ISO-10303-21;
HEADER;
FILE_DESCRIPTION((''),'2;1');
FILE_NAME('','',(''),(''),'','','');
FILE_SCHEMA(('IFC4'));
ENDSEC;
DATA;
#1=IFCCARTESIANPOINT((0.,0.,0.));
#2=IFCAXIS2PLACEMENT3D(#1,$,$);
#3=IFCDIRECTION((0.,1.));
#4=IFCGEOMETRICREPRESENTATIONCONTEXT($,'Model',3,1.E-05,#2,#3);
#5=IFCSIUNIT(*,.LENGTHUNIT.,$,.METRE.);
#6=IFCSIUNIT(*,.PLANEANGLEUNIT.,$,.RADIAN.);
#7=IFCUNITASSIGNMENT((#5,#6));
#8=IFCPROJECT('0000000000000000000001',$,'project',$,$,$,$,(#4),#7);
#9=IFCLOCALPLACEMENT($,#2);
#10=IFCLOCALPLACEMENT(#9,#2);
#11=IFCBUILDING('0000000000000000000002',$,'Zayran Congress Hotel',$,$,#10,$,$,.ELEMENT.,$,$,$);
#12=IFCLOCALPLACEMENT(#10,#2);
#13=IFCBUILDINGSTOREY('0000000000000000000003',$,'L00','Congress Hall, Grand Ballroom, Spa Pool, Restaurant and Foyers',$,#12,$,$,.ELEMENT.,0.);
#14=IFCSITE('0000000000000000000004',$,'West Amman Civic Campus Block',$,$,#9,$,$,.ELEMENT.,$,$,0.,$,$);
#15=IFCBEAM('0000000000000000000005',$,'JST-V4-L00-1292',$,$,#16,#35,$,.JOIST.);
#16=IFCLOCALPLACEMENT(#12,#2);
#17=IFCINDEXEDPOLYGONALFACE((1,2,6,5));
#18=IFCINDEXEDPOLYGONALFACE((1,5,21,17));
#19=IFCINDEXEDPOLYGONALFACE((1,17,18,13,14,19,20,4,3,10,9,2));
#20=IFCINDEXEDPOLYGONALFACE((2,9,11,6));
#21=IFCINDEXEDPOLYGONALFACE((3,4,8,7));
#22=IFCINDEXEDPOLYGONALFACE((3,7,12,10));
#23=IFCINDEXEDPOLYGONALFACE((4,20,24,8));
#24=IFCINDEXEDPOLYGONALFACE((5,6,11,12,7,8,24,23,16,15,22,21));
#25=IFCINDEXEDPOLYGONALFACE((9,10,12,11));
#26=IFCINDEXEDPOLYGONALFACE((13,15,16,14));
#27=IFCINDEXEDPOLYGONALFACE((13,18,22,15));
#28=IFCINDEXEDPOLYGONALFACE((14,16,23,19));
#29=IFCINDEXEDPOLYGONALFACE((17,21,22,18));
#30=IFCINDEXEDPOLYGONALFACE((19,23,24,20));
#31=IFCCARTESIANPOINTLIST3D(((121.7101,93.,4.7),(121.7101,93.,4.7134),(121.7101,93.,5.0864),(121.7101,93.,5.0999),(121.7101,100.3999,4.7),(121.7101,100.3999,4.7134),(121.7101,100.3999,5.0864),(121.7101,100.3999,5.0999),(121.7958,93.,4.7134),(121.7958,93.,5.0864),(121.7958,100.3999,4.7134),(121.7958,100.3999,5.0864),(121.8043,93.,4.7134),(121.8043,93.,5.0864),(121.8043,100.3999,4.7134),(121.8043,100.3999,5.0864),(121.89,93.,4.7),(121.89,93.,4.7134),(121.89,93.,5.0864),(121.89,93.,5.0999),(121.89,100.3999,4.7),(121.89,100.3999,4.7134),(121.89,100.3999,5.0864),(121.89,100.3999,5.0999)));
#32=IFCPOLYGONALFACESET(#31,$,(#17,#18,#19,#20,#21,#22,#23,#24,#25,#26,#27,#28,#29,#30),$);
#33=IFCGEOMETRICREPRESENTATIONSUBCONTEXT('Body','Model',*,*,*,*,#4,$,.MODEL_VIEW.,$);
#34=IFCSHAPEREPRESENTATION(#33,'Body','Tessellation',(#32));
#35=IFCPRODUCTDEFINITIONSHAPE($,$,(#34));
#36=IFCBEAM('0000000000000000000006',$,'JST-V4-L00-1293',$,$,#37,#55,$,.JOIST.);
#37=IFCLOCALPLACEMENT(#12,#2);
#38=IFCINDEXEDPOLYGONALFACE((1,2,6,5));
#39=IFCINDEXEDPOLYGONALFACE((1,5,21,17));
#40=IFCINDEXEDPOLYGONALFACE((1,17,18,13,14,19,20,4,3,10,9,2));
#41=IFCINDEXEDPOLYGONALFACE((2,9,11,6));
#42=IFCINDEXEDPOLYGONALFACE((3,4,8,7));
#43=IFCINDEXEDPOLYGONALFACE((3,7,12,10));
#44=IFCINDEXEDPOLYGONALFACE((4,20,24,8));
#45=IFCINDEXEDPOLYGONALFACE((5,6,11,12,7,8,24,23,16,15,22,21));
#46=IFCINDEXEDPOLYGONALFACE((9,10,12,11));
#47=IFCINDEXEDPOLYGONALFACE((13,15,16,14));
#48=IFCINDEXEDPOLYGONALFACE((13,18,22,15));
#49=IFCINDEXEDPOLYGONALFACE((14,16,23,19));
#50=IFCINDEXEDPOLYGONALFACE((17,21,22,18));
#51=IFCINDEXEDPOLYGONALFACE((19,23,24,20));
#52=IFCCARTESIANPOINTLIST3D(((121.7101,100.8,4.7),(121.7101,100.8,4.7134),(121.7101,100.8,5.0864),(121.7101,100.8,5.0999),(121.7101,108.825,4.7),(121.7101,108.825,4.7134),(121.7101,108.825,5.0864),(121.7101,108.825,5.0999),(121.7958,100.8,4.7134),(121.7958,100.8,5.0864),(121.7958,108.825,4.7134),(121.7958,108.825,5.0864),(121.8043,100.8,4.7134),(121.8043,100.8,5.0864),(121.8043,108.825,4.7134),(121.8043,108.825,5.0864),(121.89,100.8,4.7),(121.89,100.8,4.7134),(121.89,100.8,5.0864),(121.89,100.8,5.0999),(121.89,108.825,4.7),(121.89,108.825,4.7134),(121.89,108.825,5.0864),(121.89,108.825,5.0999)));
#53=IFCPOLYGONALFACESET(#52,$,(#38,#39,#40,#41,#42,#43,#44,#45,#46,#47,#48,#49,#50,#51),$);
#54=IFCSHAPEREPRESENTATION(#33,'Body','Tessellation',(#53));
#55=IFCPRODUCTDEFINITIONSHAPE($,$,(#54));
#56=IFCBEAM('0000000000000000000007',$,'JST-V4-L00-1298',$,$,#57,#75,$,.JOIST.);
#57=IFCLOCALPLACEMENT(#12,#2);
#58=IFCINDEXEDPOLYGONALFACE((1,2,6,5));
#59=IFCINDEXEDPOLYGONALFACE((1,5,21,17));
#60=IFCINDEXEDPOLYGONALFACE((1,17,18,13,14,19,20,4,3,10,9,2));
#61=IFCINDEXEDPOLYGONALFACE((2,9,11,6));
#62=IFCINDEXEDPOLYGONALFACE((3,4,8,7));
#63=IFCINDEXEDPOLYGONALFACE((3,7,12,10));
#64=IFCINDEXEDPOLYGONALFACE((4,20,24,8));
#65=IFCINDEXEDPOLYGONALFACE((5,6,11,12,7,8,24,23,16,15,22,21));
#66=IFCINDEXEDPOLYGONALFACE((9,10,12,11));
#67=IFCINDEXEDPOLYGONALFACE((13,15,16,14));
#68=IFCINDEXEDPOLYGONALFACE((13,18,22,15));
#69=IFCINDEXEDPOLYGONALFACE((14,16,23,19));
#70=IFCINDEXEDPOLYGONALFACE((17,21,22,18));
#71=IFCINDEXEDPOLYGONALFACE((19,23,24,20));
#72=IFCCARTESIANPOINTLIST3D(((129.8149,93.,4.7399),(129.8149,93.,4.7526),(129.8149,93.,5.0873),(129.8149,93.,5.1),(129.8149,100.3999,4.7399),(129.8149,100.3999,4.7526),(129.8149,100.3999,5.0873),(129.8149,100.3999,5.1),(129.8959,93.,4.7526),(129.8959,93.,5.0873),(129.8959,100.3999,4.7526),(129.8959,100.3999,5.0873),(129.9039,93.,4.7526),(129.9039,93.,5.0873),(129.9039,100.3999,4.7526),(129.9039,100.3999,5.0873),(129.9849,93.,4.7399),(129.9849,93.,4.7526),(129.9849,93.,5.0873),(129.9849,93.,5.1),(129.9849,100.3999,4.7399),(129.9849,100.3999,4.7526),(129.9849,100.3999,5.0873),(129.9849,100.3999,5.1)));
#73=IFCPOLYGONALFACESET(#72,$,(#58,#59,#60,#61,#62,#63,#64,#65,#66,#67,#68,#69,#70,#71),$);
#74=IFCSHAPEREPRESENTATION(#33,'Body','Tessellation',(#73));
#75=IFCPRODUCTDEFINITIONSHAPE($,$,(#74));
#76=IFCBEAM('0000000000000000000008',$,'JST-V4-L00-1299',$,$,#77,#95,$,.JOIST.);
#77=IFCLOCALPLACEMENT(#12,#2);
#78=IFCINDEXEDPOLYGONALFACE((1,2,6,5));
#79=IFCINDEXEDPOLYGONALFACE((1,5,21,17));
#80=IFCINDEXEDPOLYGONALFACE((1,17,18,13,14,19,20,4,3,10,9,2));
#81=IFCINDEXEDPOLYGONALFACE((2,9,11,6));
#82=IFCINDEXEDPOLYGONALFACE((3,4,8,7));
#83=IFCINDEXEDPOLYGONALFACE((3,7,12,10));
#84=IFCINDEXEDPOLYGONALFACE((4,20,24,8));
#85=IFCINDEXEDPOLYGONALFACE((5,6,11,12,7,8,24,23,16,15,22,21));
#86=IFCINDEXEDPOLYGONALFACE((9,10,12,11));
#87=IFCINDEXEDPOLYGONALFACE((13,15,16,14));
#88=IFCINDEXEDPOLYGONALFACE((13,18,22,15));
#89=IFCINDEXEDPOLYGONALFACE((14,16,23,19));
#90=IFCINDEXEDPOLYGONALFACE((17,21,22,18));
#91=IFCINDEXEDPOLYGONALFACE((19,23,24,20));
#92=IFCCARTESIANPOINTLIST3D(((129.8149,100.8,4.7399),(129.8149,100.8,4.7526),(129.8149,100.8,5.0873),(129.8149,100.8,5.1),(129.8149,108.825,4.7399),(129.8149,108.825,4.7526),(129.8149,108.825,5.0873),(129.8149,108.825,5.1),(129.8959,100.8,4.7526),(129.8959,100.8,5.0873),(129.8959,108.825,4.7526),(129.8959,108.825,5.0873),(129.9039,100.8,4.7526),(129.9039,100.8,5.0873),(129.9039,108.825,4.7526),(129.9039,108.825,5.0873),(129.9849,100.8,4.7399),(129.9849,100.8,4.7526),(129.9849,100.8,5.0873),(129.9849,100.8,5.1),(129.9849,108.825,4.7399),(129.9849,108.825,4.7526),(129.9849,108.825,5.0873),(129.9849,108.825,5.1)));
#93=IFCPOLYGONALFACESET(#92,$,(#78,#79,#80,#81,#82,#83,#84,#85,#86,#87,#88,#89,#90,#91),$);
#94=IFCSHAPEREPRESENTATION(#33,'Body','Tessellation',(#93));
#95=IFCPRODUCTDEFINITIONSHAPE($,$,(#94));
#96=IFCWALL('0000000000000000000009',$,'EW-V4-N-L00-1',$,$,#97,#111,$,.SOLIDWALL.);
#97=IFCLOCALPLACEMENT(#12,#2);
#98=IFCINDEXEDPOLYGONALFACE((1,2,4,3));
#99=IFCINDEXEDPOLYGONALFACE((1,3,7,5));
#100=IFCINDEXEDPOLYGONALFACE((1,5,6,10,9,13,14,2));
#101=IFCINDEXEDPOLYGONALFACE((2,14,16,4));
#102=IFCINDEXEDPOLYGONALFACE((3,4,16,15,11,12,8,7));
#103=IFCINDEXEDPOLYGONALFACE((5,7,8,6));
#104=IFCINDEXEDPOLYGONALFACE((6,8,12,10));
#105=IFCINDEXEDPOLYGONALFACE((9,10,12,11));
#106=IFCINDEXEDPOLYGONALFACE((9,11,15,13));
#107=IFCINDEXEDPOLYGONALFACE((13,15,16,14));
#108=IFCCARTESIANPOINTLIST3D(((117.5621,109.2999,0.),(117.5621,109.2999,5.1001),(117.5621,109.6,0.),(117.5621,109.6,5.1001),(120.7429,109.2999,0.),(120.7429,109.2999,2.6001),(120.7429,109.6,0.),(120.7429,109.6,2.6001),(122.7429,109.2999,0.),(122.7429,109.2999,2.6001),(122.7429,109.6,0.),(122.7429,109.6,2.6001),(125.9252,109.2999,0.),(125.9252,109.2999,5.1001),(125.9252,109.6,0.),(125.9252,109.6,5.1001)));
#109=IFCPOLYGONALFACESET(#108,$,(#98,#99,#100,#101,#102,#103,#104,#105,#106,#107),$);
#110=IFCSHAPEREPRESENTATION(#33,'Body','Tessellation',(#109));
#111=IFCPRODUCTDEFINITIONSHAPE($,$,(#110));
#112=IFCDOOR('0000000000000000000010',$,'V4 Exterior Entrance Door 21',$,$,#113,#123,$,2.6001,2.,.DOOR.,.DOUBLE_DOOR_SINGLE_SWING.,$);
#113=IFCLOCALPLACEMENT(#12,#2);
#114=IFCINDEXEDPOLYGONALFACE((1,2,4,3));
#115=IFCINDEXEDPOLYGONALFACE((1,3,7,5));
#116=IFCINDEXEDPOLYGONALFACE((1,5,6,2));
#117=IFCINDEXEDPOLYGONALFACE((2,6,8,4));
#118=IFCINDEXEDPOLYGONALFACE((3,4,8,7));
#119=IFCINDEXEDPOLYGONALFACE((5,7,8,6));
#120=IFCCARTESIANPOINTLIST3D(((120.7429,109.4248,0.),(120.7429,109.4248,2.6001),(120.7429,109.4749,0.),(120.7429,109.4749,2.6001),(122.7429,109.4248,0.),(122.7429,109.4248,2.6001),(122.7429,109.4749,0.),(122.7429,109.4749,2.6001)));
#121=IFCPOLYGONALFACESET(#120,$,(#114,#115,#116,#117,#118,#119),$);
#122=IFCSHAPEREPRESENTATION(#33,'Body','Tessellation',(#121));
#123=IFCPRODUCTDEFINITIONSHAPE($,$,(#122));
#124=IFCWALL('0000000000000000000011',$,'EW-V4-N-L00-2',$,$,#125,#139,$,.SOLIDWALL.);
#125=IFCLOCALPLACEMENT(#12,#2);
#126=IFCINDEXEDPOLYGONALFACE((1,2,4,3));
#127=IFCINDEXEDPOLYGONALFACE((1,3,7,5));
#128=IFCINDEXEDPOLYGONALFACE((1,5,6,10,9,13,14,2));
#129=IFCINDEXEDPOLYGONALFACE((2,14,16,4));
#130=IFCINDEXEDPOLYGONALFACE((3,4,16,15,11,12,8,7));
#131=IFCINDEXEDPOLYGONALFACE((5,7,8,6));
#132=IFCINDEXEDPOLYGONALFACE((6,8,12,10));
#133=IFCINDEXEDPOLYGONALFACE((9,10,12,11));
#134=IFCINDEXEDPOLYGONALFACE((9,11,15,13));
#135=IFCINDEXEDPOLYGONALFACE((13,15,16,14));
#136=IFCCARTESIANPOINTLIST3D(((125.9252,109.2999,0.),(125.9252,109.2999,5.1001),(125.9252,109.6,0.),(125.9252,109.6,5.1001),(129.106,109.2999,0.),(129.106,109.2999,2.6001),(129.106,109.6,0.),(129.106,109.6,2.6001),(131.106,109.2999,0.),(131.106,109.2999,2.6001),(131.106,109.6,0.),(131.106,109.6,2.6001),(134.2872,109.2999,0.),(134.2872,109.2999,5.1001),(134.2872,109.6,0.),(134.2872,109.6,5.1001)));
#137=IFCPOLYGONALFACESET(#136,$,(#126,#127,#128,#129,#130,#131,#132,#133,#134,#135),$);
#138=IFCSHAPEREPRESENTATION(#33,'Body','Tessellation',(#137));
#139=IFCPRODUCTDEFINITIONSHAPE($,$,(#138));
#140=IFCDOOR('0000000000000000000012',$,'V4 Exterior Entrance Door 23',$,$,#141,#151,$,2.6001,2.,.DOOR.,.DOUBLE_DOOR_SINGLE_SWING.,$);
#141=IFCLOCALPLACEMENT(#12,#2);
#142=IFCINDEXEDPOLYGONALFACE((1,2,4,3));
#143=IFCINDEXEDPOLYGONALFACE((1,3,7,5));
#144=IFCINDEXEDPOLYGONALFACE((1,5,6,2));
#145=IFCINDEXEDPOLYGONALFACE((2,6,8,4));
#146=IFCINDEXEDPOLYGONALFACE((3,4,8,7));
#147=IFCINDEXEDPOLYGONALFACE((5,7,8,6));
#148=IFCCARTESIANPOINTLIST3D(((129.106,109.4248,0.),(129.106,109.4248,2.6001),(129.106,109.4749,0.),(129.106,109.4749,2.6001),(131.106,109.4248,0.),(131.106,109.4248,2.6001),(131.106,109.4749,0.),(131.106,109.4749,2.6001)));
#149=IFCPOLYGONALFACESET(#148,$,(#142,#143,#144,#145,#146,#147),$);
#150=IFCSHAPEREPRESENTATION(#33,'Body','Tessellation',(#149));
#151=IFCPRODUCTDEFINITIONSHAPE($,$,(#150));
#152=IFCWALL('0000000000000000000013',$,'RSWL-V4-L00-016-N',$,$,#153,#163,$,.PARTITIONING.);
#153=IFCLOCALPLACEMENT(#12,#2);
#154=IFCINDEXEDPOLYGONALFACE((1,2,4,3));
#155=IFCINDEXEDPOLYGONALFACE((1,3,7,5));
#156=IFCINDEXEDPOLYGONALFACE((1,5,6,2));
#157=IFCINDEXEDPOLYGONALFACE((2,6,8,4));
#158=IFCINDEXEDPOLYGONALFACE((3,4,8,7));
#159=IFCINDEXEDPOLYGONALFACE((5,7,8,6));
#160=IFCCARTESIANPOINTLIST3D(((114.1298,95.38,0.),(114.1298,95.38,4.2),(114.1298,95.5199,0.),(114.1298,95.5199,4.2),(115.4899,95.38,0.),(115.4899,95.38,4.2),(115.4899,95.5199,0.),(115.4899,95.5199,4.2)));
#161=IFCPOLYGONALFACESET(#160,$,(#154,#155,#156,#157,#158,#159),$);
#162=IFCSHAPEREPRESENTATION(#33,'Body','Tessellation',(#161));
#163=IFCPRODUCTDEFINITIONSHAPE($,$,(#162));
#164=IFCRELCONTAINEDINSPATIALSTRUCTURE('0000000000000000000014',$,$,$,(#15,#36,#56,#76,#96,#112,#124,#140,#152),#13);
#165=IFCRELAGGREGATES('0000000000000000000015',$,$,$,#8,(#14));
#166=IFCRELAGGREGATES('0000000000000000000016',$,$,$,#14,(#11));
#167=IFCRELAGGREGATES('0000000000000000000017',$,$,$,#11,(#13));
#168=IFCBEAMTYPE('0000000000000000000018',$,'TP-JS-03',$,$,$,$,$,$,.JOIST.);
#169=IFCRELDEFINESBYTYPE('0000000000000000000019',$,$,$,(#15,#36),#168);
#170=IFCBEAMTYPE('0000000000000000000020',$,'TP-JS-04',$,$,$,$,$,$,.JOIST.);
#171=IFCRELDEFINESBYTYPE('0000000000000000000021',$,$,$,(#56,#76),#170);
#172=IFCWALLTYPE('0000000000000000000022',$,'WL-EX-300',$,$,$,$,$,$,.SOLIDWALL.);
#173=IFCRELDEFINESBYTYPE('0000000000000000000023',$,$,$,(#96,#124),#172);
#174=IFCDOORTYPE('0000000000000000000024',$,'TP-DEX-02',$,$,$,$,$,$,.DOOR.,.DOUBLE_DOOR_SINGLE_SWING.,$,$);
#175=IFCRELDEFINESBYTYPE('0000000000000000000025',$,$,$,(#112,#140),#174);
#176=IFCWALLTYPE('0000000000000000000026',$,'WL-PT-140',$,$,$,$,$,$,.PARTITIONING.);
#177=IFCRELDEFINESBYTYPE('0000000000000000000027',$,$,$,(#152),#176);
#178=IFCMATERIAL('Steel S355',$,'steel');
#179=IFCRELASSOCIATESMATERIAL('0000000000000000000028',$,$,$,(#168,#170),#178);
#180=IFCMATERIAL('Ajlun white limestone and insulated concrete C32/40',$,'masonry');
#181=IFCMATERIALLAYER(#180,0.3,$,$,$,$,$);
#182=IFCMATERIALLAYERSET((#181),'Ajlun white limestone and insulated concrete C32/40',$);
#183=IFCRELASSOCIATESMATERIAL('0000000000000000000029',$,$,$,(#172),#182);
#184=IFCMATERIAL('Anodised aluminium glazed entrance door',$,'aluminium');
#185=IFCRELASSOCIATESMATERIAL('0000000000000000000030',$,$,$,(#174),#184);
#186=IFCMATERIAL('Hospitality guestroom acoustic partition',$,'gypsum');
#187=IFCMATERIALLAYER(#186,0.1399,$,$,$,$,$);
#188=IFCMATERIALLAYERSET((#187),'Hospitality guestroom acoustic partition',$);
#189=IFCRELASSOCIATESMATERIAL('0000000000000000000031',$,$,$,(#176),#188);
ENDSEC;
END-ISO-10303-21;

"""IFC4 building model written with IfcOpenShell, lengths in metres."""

from ifc_helpers import new_model, si_unit, direction, frame, frame_2d, origin, origin_2d, place, context, subcontext, project, spatial, rectangle, i_section, extrude, material, layer, layer_set, material_profile, profile_set, type_object, element, fill, save


model = new_model("IFC4")

# Units and contexts
model_context = context("Model", 3, precision=1e-05, world=origin(), true_north=direction((0.0, 1.0)))
body_context = subcontext(model_context, "Body", "Model", "MODEL_VIEW")
ifc_project = project(units=[si_unit("LENGTHUNIT", "METRE"), si_unit("PLANEANGLEUNIT", "RADIAN")], contexts=[model_context])

# Site, building, storey
site_placement = place(None, origin())
site = spatial("IfcSite", under=ifc_project, at=site_placement, Name="West Amman Civic Campus Block", CompositionType="ELEMENT", RefElevation=0.0)
building_placement = place(site_placement, origin())
building = spatial("IfcBuilding", under=site, at=building_placement, Name="Zayran Congress Hotel", CompositionType="ELEMENT")
storey_placement = place(building_placement, origin())
storey = spatial("IfcBuildingStorey", under=building, at=storey_placement, Name="L00", Description="Congress Hall, Grand Ballroom, Spa Pool, Restaurant and Foyers", CompositionType="ELEMENT", Elevation=0.0)

# Beams
ifc_material_1 = material(Name="Steel S355", Category="steel")
ifc_material_profile_1 = material_profile(ifc_material_1, i_section(OverallWidth=0.1799, OverallDepth=0.3999, WebThickness=0.0085, FlangeThickness=0.0134, at=origin_2d()), Name="IPE 400")
ifc_profile_set_1 = profile_set([ifc_material_profile_1], Name="Steel S355")
beam_type_1 = type_object("IfcBeamType", Name="TP-JS-03", PredefinedType="JOIST", material=ifc_profile_set_1)
beam_1_placement = place(storey_placement, frame((121.8, 93.0, 4.8999), z_axis=(0.0, 1.0, 0.0), x_axis=(-1.0, 0.0, 0.0)))
element("IfcBeam", 1, at=beam_1_placement, inside=storey, type_object=beam_type_1, Name="JST-V4-L00-1292", PredefinedType="JOIST", context=body_context, shape_type="SweptSolid", body=[
    extrude(i_section(OverallWidth=0.1799, OverallDepth=0.3999, WebThickness=0.0085, FlangeThickness=0.0134, at=origin_2d()), origin(), (0.0, 0.0, 1.0), 7.3999),
])
beam_2_placement = place(storey_placement, frame((121.8, 100.8, 4.8999), z_axis=(0.0, 1.0, 0.0), x_axis=(-1.0, 0.0, 0.0)))
element("IfcBeam", 2, at=beam_2_placement, inside=storey, type_object=beam_type_1, Name="JST-V4-L00-1293", PredefinedType="JOIST", context=body_context, shape_type="SweptSolid", body=[
    extrude(i_section(OverallWidth=0.1799, OverallDepth=0.3999, WebThickness=0.0085, FlangeThickness=0.0134, at=origin_2d()), origin(), (0.0, 0.0, 1.0), 8.0249),
])
ifc_material_profile_2 = material_profile(ifc_material_1, i_section(OverallWidth=0.1699, OverallDepth=0.3601, WebThickness=0.0081, FlangeThickness=0.0127, at=origin_2d()), Name="IPE 360")
ifc_profile_set_2 = profile_set([ifc_material_profile_2], Name="Steel S355")
beam_type_2 = type_object("IfcBeamType", Name="TP-JS-04", PredefinedType="JOIST", material=ifc_profile_set_2)
beam_3_placement = place(storey_placement, frame((129.8999, 93.0, 4.9199), z_axis=(0.0, 1.0, 0.0), x_axis=(-1.0, 0.0, 0.0)))
element("IfcBeam", 3, at=beam_3_placement, inside=storey, type_object=beam_type_2, Name="JST-V4-L00-1298", PredefinedType="JOIST", context=body_context, shape_type="SweptSolid", body=[
    extrude(i_section(OverallWidth=0.1699, OverallDepth=0.3601, WebThickness=0.0081, FlangeThickness=0.0127, at=origin_2d()), origin(), (0.0, 0.0, 1.0), 7.3999),
])
beam_4_placement = place(storey_placement, frame((129.8999, 100.8, 4.9199), z_axis=(0.0, 1.0, 0.0), x_axis=(-1.0, 0.0, 0.0)))
element("IfcBeam", 4, at=beam_4_placement, inside=storey, type_object=beam_type_2, Name="JST-V4-L00-1299", PredefinedType="JOIST", context=body_context, shape_type="SweptSolid", body=[
    extrude(i_section(OverallWidth=0.1699, OverallDepth=0.3601, WebThickness=0.0081, FlangeThickness=0.0127, at=origin_2d()), origin(), (0.0, 0.0, 1.0), 8.0249),
])

# Walls, openings, doors
ifc_material_2 = material(Name="Ajlun white limestone and insulated concrete C32/40", Category="masonry")
ifc_layer_1 = layer(ifc_material_2, 0.3)
ifc_layer_set_1 = layer_set([ifc_layer_1], Name="Ajlun white limestone and insulated concrete C32/40")
wall_type_1 = type_object("IfcWallType", Name="WL-EX-300", PredefinedType="SOLIDWALL", material=ifc_layer_set_1)
wall_1_placement = place(storey_placement, frame((117.562, 109.45, 0.0), z_axis=(0.0, 0.0, 1.0), x_axis=(1.0, 0.0, 0.0)))
wall_1 = element("IfcWall", 5, at=wall_1_placement, inside=storey, type_object=wall_type_1, Name="EW-V4-N-L00-1", PredefinedType="SOLIDWALL", context=body_context, shape_type="SweptSolid", body=[
    extrude(rectangle(XDim=8.363, YDim=0.3, at=frame_2d((4.1816, 0.0))), origin(), (0.0, 0.0, 1.0), 5.1001),
])
opening_1_placement = place(wall_1_placement, frame((3.1809, 0.0, 0.0)))
opening_1 = element("IfcOpeningElement", 6, at=opening_1_placement, cuts=wall_1, PredefinedType="OPENING", context=body_context, shape_type="SweptSolid", body=[
    extrude(rectangle(XDim=2.0, YDim=2.6001, at=frame_2d((1.0, 1.3))), frame((0.0, 0.1599, 0.0), z_axis=(0.0, -1.0, 0.0), x_axis=(1.0, 0.0, 0.0)), (0.0, 0.0, 1.0), 0.3201),
])
ifc_material_3 = material(Name="Anodised aluminium glazed entrance door", Category="aluminium")
door_type = type_object("IfcDoorType", Name="TP-DEX-02", OperationType="DOUBLE_DOOR_SINGLE_SWING", PredefinedType="DOOR", material=ifc_material_3)
door_1_placement = place(opening_1_placement, origin())
door_1 = element("IfcDoor", 7, at=door_1_placement, inside=storey, type_object=door_type, Name="V4 Exterior Entrance Door 21", OperationType="DOUBLE_DOOR_SINGLE_SWING", OverallHeight=2.6001, OverallWidth=2.0, PredefinedType="DOOR", context=body_context, shape_type="SweptSolid", body=[
    extrude(rectangle(XDim=2.0, YDim=2.6001, at=frame_2d((1.0, 1.3))), frame((0.0, 0.0249, 0.0), z_axis=(0.0, -1.0, 0.0), x_axis=(1.0, 0.0, 0.0)), (0.0, 0.0, 1.0), 0.05),
])
fill(opening_1, door_1)
wall_2_placement = place(storey_placement, frame((125.925, 109.45, 0.0), z_axis=(0.0, 0.0, 1.0), x_axis=(1.0, 0.0, 0.0)))
wall_2 = element("IfcWall", 8, at=wall_2_placement, inside=storey, type_object=wall_type_1, Name="EW-V4-N-L00-2", PredefinedType="SOLIDWALL", context=body_context, shape_type="SweptSolid", body=[
    extrude(rectangle(XDim=8.3621, YDim=0.3, at=frame_2d((4.1812, 0.0))), origin(), (0.0, 0.0, 1.0), 5.1001),
])
opening_2_placement = place(wall_2_placement, frame((3.1809, 0.0, 0.0)))
opening_2 = element("IfcOpeningElement", 9, at=opening_2_placement, cuts=wall_2, PredefinedType="OPENING", context=body_context, shape_type="SweptSolid", body=[
    extrude(rectangle(XDim=2.0, YDim=2.6001, at=frame_2d((1.0, 1.3))), frame((0.0, 0.1599, 0.0), z_axis=(0.0, -1.0, 0.0), x_axis=(1.0, 0.0, 0.0)), (0.0, 0.0, 1.0), 0.3201),
])
door_2_placement = place(opening_2_placement, origin())
door_2 = element("IfcDoor", 10, at=door_2_placement, inside=storey, type_object=door_type, Name="V4 Exterior Entrance Door 23", OperationType="DOUBLE_DOOR_SINGLE_SWING", OverallHeight=2.6001, OverallWidth=2.0, PredefinedType="DOOR", context=body_context, shape_type="SweptSolid", body=[
    extrude(rectangle(XDim=2.0, YDim=2.6001, at=frame_2d((1.0, 1.3))), frame((0.0, 0.0249, 0.0), z_axis=(0.0, -1.0, 0.0), x_axis=(1.0, 0.0, 0.0)), (0.0, 0.0, 1.0), 0.05),
])
fill(opening_2, door_2)

# Wall
ifc_material_4 = material(Name="Hospitality guestroom acoustic partition", Category="gypsum")
ifc_layer_2 = layer(ifc_material_4, 0.1399)
ifc_layer_set_2 = layer_set([ifc_layer_2], Name="Hospitality guestroom acoustic partition")
wall_type_2 = type_object("IfcWallType", Name="WL-PT-140", PredefinedType="PARTITIONING", material=ifc_layer_set_2)
wall_3_placement = place(storey_placement, frame((115.49, 95.45, 0.0), z_axis=(0.0, 0.0, 1.0), x_axis=(-1.0, 0.0, 0.0)))
element("IfcWall", 11, at=wall_3_placement, inside=storey, type_object=wall_type_2, Name="RSWL-V4-L00-016-N", PredefinedType="PARTITIONING", context=body_context, shape_type="SweptSolid", body=[
    extrude(rectangle(XDim=1.3601, YDim=0.1399, at=frame_2d((0.6802, 0.0))), origin(), (0.0, 0.0, 1.0), 4.2),
])

save(model, "model.ifc")
